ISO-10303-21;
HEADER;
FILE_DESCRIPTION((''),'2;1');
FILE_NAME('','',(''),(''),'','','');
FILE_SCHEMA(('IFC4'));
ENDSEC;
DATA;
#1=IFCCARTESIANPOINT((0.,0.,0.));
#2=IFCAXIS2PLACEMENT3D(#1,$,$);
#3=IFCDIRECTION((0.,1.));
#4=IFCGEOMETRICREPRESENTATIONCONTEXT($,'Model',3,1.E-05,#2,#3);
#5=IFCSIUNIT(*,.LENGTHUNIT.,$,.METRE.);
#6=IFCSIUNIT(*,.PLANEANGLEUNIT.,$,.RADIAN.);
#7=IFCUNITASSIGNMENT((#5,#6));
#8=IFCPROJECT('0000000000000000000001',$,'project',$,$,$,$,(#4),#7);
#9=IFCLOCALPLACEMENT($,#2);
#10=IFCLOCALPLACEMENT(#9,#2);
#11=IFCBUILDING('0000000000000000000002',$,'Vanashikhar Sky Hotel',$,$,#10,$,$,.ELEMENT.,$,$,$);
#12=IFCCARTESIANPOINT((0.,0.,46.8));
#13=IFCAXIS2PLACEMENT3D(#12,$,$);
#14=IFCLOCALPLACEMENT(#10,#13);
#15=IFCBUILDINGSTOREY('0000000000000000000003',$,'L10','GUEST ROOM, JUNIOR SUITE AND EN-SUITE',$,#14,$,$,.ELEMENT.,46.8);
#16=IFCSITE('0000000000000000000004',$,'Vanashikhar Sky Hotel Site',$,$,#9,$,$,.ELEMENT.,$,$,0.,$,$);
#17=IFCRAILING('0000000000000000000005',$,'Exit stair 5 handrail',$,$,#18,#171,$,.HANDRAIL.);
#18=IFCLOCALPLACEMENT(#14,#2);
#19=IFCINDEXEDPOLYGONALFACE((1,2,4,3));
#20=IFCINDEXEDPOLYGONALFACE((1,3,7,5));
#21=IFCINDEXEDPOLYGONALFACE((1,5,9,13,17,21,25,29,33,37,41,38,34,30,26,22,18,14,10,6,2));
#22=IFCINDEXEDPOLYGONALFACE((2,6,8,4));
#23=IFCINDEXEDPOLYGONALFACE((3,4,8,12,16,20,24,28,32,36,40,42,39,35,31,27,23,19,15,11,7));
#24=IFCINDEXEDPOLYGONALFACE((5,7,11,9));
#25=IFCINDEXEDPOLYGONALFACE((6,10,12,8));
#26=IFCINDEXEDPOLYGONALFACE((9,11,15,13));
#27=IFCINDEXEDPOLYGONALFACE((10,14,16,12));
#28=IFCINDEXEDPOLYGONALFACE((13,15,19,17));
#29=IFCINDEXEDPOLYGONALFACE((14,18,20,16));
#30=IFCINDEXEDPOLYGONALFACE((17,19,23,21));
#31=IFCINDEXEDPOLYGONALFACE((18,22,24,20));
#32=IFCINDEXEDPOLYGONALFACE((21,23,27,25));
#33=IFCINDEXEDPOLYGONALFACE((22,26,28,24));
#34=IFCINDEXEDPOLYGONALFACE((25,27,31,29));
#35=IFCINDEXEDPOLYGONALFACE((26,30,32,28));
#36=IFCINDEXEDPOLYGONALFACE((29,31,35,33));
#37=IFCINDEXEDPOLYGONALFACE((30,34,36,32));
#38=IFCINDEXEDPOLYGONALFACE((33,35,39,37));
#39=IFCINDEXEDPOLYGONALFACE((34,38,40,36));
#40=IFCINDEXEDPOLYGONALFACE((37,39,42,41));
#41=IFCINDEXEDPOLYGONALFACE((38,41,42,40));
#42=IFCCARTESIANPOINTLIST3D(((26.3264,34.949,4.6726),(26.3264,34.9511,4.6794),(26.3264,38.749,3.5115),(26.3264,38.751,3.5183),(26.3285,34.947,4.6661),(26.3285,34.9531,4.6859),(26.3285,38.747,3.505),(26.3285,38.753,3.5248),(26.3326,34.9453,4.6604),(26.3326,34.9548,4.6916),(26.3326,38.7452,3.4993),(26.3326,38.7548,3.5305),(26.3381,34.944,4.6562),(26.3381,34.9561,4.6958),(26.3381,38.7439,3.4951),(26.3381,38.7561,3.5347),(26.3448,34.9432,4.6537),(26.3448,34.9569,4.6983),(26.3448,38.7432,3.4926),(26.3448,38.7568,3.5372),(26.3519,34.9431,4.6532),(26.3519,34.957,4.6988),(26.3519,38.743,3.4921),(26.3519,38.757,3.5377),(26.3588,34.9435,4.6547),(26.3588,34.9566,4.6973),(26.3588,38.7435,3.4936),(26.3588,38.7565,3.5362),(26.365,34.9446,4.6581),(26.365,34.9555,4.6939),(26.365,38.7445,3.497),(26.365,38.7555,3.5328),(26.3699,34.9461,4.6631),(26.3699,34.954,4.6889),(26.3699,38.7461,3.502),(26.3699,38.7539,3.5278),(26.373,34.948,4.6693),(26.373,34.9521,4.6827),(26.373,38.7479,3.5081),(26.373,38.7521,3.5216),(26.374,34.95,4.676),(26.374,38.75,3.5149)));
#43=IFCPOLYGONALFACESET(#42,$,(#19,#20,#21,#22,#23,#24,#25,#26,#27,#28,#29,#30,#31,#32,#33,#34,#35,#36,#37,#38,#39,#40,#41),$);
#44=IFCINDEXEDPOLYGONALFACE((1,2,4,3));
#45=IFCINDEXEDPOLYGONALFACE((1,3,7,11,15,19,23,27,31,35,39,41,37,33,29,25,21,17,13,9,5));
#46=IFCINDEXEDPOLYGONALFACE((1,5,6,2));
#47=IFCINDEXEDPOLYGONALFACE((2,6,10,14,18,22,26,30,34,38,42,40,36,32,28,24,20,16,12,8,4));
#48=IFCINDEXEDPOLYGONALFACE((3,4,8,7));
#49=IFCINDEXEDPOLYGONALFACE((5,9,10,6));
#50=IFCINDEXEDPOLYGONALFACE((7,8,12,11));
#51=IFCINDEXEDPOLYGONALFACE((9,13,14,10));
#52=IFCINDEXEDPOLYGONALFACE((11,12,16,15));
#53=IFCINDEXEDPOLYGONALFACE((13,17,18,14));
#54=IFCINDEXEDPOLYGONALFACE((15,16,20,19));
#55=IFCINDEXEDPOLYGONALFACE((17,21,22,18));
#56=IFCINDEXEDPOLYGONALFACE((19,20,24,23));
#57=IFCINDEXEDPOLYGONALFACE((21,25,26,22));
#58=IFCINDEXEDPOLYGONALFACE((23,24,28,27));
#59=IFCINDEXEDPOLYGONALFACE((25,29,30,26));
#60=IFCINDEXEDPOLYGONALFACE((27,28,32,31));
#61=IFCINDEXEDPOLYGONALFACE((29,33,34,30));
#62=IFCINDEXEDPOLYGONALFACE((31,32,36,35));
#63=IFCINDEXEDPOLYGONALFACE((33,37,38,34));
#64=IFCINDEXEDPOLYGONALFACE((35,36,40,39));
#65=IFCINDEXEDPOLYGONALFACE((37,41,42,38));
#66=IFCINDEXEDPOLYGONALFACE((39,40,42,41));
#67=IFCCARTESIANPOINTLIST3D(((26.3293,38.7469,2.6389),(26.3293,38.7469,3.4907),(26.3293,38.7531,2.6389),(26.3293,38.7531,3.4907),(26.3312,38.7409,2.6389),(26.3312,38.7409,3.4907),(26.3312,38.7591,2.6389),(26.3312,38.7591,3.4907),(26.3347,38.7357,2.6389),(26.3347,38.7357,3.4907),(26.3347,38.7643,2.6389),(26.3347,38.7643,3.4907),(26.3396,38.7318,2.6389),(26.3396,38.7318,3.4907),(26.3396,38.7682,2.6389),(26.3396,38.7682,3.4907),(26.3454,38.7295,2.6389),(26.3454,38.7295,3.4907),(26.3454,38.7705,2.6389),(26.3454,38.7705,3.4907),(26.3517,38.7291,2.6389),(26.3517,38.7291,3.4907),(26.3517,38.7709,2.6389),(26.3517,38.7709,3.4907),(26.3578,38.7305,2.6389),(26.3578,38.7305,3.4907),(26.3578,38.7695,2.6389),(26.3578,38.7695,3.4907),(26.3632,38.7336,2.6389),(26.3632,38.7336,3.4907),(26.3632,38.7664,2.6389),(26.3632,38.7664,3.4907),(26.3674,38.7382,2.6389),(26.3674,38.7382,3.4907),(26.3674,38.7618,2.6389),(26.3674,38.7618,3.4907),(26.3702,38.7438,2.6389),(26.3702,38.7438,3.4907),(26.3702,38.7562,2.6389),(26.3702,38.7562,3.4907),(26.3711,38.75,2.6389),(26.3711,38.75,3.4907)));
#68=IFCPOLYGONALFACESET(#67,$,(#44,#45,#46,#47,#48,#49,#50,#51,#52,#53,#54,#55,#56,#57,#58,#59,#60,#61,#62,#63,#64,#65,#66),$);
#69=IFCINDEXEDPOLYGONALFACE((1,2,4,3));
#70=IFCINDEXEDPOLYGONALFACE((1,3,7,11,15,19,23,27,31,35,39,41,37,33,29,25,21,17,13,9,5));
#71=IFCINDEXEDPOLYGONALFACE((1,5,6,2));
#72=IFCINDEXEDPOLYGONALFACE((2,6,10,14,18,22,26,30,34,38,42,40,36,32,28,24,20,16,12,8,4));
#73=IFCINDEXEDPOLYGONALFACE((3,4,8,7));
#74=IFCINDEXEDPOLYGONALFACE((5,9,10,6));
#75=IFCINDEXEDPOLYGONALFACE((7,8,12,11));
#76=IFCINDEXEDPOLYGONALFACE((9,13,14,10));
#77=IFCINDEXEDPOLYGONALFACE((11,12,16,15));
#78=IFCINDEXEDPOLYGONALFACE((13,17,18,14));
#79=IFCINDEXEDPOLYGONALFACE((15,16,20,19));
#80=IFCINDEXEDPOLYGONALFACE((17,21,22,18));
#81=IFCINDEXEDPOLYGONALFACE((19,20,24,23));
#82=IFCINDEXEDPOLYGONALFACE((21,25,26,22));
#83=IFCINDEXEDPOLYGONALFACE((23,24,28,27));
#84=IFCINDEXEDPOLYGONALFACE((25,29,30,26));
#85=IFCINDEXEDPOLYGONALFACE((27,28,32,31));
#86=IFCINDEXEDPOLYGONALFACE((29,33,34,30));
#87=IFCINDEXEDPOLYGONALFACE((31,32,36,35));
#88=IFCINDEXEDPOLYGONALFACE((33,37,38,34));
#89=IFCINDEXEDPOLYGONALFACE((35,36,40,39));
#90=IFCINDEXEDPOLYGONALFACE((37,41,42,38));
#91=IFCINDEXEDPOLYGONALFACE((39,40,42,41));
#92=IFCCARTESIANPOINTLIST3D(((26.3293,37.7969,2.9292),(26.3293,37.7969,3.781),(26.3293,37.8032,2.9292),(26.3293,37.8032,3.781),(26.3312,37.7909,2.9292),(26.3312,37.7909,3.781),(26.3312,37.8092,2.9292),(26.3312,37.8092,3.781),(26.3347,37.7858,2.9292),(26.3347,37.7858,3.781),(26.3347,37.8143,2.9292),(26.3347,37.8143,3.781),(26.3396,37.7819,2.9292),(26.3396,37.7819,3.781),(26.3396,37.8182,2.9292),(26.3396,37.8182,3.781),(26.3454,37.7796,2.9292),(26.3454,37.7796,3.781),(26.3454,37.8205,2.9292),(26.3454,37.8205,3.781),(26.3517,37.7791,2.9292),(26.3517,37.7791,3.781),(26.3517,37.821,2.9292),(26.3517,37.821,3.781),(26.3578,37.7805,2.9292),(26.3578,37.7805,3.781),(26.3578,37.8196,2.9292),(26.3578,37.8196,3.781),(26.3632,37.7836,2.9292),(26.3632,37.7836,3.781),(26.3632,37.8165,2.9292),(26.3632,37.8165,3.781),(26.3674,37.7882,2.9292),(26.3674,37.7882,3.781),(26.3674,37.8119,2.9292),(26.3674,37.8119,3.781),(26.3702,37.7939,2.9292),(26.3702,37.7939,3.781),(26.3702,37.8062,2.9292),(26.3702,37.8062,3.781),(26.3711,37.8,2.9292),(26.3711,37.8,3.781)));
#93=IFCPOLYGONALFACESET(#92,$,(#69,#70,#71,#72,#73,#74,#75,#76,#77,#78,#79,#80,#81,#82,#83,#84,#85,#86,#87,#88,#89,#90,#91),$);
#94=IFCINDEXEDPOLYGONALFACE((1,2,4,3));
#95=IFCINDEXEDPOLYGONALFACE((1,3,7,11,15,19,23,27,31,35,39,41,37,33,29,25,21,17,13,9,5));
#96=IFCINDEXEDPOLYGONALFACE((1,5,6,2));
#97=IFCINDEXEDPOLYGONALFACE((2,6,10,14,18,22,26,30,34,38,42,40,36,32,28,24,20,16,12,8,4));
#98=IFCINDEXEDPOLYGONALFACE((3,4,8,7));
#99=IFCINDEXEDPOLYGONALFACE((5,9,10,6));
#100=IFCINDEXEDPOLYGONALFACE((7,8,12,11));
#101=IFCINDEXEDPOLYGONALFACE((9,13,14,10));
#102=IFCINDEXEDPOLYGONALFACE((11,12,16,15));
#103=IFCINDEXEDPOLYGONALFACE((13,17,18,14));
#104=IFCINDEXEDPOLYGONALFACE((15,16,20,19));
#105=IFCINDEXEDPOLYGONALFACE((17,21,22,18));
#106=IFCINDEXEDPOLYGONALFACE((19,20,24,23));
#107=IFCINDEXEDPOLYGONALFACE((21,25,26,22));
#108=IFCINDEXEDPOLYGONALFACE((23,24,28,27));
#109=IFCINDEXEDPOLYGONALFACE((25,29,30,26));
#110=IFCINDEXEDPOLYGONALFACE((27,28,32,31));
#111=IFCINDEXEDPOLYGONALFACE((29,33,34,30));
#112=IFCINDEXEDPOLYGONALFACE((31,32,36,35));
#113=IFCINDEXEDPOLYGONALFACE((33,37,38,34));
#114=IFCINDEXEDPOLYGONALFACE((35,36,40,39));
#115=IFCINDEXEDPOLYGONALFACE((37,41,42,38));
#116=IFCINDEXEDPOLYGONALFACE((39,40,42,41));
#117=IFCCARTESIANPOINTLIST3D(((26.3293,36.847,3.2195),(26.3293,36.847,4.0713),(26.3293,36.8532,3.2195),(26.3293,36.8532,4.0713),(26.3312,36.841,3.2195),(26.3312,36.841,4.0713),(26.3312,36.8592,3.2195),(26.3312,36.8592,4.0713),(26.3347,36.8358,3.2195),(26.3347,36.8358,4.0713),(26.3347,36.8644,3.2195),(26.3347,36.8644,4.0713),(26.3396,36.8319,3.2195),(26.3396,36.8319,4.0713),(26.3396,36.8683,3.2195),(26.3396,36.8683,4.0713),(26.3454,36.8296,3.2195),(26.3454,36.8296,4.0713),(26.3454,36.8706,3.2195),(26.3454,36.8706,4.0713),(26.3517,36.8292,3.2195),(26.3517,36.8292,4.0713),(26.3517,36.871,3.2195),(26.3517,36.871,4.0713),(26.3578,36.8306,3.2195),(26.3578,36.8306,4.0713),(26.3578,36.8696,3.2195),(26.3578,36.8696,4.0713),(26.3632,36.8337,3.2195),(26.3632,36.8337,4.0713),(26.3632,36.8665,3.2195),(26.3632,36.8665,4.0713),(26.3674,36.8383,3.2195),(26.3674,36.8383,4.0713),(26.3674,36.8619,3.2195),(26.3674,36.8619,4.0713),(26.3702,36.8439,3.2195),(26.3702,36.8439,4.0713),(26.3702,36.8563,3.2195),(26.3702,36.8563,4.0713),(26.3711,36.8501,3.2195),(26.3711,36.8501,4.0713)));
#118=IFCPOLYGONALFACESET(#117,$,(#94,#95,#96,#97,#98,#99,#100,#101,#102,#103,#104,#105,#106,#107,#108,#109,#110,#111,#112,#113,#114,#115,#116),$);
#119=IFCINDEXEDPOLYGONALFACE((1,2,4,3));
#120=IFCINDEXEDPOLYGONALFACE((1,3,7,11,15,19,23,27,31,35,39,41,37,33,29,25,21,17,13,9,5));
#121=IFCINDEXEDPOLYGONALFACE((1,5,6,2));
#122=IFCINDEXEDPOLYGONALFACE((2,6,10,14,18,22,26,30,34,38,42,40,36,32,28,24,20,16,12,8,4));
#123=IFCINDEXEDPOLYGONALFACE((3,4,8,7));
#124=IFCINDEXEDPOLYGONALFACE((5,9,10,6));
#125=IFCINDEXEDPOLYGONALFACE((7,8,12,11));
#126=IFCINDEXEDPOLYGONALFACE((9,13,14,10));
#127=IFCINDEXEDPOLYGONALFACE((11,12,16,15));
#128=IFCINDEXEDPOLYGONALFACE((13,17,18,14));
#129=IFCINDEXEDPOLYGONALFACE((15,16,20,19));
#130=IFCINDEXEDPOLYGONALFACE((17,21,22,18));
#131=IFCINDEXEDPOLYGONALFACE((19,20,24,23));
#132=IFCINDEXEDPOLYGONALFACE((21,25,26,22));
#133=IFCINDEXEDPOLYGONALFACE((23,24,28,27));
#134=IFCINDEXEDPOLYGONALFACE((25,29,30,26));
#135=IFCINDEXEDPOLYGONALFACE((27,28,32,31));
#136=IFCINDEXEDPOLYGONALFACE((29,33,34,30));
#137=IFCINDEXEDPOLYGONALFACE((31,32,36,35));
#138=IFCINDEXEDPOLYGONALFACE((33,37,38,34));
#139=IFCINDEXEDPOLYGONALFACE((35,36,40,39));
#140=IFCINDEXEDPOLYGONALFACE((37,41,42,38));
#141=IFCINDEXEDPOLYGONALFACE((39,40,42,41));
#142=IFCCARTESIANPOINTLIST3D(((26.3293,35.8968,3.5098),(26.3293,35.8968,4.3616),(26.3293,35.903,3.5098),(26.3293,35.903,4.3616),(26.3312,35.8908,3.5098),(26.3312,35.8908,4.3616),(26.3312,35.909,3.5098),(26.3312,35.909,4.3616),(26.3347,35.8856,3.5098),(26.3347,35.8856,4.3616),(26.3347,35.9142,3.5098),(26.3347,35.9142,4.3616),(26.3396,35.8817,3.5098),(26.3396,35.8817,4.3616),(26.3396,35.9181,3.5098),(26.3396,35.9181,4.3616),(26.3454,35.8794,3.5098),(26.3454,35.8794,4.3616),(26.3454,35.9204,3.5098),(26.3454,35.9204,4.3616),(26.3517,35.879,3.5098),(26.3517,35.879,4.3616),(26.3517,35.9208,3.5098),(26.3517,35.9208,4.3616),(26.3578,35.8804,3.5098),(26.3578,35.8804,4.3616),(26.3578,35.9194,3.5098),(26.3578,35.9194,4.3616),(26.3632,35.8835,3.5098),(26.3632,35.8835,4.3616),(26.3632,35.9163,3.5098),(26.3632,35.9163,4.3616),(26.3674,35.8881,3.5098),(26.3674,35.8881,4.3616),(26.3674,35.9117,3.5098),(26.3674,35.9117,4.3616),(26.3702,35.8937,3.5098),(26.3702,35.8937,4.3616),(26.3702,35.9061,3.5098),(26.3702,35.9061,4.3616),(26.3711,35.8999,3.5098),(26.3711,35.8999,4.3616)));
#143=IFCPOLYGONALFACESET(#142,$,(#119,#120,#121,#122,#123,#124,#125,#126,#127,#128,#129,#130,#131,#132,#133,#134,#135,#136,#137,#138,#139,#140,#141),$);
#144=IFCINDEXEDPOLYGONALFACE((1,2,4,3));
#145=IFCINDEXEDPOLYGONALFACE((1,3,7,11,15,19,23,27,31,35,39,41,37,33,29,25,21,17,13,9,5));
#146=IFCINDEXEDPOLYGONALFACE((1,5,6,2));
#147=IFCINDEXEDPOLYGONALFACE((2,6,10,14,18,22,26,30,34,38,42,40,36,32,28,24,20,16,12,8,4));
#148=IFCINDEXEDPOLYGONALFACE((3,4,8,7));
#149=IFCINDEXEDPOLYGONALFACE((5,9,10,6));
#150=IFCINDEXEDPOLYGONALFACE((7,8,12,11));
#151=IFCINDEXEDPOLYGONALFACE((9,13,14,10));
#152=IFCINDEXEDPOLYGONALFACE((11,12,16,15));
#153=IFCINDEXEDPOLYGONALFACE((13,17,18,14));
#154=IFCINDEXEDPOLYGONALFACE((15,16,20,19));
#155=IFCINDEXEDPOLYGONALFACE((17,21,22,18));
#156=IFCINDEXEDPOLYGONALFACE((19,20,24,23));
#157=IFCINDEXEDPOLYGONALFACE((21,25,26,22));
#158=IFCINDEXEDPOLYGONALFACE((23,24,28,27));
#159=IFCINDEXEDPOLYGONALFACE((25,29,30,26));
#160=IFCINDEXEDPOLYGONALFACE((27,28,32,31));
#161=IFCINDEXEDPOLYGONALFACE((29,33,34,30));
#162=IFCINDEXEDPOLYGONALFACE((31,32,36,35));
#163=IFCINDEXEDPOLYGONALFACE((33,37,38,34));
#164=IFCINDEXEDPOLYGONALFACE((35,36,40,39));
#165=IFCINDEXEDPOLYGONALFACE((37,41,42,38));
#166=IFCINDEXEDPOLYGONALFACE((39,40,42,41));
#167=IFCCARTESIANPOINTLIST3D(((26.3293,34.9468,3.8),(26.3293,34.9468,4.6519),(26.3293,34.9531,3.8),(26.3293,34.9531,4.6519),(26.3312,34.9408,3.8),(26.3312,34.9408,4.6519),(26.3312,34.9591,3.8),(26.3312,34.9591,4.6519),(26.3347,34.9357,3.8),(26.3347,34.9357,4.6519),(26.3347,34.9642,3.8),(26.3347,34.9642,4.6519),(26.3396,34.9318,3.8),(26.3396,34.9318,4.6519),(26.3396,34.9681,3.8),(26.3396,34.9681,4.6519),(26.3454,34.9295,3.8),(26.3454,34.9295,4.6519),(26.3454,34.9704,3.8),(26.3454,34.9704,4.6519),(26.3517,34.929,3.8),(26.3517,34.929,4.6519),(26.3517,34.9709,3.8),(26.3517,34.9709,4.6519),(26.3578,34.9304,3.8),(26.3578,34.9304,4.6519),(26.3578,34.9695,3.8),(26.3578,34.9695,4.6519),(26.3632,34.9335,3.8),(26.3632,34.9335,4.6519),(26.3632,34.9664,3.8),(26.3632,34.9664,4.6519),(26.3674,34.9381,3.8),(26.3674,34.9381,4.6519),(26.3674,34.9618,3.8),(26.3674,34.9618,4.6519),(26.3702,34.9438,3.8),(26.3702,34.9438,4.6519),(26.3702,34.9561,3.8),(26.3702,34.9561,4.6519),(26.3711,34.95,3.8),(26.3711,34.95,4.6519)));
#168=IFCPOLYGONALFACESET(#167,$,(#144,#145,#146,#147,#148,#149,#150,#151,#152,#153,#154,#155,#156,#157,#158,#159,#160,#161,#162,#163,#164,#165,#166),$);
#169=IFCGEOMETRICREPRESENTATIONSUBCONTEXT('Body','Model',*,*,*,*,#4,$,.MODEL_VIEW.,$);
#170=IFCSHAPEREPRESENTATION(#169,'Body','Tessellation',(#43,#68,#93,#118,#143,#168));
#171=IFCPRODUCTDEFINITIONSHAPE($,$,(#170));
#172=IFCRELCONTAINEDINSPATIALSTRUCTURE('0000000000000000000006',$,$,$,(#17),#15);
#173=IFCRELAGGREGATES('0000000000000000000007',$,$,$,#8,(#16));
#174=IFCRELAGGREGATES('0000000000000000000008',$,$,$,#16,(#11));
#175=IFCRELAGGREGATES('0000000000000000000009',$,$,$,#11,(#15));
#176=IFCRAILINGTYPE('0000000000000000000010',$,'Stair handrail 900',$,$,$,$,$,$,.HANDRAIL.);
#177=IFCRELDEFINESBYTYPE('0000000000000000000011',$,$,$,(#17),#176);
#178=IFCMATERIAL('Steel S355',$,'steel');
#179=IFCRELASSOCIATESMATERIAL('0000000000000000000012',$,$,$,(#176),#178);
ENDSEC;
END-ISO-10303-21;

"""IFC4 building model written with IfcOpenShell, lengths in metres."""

from ifc_helpers import new_model, si_unit, direction, frame, origin, origin_2d, place, context, subcontext, project, spatial, circle, extrude, source, transform, mapped, material, type_object, element, save


model = new_model("IFC4")

# Units and contexts
model_context = context("Model", 3, precision=1e-05, world=origin(), true_north=direction((0.0, 1.0)))
body_context = subcontext(model_context, "Body", "Model", "MODEL_VIEW")
ifc_project = project(units=[si_unit("LENGTHUNIT", "METRE"), si_unit("PLANEANGLEUNIT", "RADIAN")], contexts=[model_context])

# Site, building, storey
site_placement = place(None, origin())
site = spatial("IfcSite", under=ifc_project, at=site_placement, Name="Vanashikhar Sky Hotel Site", CompositionType="ELEMENT", RefElevation=0.0)
building_placement = place(site_placement, origin())
building = spatial("IfcBuilding", under=site, at=building_placement, Name="Vanashikhar Sky Hotel", CompositionType="ELEMENT")
storey_placement = place(building_placement, frame((0.0, 0.0, 46.8)))
storey = spatial("IfcBuildingStorey", under=building, at=storey_placement, Name="L10", Description="GUEST ROOM, JUNIOR SUITE AND EN-SUITE", CompositionType="ELEMENT", Elevation=46.8)

# Railing
ifc_material_1 = material(Name="Steel S355", Category="steel")
railing_type = type_object("IfcRailingType", Name="Stair handrail 900", PredefinedType="HANDRAIL", material=ifc_material_1)
shared_shape_1 = source(origin(), body_context, "Body", "SweptSolid", [
    extrude(circle(Radius=0.0239, at=origin_2d()), frame((0.0, 0.0, 0.876), z_axis=(0.0, -0.956351, 0.29222), x_axis=(1.0, 0.0, 0.0)), (0.0, 0.0, 1.0), 3.9734),
    extrude(circle(Radius=0.021, at=origin_2d()), origin(), (0.0, 0.0, 1.0), 0.8518),
    extrude(circle(Radius=0.021, at=origin_2d()), frame((0.0, -0.95, 0.2903)), (0.0, 0.0, 1.0), 0.8518),
    extrude(circle(Radius=0.021, at=origin_2d()), frame((0.0, -1.8999, 0.5806)), (0.0, 0.0, 1.0), 0.8518),
    extrude(circle(Radius=0.021, at=origin_2d()), frame((0.0, -2.8501, 0.8708)), (0.0, 0.0, 1.0), 0.8518),
    extrude(circle(Radius=0.021, at=origin_2d()), frame((0.0, -3.8, 1.1611)), (0.0, 0.0, 1.0), 0.8518),
])
for number, where, name in (
    (1, (26.3501, 38.75, 2.6389), "Exit stair 5 handrail"),
):
    element("IfcRailing", number, at=place(storey_placement, frame(where)), inside=storey, type_object=railing_type, Name=name, PredefinedType="HANDRAIL", context=body_context, shape_type="MappedRepresentation", body=[
        mapped(shared_shape_1, transform((0.0, 0.0, 0.0), scale=1.0)),
    ])

save(model, "model.ifc")
